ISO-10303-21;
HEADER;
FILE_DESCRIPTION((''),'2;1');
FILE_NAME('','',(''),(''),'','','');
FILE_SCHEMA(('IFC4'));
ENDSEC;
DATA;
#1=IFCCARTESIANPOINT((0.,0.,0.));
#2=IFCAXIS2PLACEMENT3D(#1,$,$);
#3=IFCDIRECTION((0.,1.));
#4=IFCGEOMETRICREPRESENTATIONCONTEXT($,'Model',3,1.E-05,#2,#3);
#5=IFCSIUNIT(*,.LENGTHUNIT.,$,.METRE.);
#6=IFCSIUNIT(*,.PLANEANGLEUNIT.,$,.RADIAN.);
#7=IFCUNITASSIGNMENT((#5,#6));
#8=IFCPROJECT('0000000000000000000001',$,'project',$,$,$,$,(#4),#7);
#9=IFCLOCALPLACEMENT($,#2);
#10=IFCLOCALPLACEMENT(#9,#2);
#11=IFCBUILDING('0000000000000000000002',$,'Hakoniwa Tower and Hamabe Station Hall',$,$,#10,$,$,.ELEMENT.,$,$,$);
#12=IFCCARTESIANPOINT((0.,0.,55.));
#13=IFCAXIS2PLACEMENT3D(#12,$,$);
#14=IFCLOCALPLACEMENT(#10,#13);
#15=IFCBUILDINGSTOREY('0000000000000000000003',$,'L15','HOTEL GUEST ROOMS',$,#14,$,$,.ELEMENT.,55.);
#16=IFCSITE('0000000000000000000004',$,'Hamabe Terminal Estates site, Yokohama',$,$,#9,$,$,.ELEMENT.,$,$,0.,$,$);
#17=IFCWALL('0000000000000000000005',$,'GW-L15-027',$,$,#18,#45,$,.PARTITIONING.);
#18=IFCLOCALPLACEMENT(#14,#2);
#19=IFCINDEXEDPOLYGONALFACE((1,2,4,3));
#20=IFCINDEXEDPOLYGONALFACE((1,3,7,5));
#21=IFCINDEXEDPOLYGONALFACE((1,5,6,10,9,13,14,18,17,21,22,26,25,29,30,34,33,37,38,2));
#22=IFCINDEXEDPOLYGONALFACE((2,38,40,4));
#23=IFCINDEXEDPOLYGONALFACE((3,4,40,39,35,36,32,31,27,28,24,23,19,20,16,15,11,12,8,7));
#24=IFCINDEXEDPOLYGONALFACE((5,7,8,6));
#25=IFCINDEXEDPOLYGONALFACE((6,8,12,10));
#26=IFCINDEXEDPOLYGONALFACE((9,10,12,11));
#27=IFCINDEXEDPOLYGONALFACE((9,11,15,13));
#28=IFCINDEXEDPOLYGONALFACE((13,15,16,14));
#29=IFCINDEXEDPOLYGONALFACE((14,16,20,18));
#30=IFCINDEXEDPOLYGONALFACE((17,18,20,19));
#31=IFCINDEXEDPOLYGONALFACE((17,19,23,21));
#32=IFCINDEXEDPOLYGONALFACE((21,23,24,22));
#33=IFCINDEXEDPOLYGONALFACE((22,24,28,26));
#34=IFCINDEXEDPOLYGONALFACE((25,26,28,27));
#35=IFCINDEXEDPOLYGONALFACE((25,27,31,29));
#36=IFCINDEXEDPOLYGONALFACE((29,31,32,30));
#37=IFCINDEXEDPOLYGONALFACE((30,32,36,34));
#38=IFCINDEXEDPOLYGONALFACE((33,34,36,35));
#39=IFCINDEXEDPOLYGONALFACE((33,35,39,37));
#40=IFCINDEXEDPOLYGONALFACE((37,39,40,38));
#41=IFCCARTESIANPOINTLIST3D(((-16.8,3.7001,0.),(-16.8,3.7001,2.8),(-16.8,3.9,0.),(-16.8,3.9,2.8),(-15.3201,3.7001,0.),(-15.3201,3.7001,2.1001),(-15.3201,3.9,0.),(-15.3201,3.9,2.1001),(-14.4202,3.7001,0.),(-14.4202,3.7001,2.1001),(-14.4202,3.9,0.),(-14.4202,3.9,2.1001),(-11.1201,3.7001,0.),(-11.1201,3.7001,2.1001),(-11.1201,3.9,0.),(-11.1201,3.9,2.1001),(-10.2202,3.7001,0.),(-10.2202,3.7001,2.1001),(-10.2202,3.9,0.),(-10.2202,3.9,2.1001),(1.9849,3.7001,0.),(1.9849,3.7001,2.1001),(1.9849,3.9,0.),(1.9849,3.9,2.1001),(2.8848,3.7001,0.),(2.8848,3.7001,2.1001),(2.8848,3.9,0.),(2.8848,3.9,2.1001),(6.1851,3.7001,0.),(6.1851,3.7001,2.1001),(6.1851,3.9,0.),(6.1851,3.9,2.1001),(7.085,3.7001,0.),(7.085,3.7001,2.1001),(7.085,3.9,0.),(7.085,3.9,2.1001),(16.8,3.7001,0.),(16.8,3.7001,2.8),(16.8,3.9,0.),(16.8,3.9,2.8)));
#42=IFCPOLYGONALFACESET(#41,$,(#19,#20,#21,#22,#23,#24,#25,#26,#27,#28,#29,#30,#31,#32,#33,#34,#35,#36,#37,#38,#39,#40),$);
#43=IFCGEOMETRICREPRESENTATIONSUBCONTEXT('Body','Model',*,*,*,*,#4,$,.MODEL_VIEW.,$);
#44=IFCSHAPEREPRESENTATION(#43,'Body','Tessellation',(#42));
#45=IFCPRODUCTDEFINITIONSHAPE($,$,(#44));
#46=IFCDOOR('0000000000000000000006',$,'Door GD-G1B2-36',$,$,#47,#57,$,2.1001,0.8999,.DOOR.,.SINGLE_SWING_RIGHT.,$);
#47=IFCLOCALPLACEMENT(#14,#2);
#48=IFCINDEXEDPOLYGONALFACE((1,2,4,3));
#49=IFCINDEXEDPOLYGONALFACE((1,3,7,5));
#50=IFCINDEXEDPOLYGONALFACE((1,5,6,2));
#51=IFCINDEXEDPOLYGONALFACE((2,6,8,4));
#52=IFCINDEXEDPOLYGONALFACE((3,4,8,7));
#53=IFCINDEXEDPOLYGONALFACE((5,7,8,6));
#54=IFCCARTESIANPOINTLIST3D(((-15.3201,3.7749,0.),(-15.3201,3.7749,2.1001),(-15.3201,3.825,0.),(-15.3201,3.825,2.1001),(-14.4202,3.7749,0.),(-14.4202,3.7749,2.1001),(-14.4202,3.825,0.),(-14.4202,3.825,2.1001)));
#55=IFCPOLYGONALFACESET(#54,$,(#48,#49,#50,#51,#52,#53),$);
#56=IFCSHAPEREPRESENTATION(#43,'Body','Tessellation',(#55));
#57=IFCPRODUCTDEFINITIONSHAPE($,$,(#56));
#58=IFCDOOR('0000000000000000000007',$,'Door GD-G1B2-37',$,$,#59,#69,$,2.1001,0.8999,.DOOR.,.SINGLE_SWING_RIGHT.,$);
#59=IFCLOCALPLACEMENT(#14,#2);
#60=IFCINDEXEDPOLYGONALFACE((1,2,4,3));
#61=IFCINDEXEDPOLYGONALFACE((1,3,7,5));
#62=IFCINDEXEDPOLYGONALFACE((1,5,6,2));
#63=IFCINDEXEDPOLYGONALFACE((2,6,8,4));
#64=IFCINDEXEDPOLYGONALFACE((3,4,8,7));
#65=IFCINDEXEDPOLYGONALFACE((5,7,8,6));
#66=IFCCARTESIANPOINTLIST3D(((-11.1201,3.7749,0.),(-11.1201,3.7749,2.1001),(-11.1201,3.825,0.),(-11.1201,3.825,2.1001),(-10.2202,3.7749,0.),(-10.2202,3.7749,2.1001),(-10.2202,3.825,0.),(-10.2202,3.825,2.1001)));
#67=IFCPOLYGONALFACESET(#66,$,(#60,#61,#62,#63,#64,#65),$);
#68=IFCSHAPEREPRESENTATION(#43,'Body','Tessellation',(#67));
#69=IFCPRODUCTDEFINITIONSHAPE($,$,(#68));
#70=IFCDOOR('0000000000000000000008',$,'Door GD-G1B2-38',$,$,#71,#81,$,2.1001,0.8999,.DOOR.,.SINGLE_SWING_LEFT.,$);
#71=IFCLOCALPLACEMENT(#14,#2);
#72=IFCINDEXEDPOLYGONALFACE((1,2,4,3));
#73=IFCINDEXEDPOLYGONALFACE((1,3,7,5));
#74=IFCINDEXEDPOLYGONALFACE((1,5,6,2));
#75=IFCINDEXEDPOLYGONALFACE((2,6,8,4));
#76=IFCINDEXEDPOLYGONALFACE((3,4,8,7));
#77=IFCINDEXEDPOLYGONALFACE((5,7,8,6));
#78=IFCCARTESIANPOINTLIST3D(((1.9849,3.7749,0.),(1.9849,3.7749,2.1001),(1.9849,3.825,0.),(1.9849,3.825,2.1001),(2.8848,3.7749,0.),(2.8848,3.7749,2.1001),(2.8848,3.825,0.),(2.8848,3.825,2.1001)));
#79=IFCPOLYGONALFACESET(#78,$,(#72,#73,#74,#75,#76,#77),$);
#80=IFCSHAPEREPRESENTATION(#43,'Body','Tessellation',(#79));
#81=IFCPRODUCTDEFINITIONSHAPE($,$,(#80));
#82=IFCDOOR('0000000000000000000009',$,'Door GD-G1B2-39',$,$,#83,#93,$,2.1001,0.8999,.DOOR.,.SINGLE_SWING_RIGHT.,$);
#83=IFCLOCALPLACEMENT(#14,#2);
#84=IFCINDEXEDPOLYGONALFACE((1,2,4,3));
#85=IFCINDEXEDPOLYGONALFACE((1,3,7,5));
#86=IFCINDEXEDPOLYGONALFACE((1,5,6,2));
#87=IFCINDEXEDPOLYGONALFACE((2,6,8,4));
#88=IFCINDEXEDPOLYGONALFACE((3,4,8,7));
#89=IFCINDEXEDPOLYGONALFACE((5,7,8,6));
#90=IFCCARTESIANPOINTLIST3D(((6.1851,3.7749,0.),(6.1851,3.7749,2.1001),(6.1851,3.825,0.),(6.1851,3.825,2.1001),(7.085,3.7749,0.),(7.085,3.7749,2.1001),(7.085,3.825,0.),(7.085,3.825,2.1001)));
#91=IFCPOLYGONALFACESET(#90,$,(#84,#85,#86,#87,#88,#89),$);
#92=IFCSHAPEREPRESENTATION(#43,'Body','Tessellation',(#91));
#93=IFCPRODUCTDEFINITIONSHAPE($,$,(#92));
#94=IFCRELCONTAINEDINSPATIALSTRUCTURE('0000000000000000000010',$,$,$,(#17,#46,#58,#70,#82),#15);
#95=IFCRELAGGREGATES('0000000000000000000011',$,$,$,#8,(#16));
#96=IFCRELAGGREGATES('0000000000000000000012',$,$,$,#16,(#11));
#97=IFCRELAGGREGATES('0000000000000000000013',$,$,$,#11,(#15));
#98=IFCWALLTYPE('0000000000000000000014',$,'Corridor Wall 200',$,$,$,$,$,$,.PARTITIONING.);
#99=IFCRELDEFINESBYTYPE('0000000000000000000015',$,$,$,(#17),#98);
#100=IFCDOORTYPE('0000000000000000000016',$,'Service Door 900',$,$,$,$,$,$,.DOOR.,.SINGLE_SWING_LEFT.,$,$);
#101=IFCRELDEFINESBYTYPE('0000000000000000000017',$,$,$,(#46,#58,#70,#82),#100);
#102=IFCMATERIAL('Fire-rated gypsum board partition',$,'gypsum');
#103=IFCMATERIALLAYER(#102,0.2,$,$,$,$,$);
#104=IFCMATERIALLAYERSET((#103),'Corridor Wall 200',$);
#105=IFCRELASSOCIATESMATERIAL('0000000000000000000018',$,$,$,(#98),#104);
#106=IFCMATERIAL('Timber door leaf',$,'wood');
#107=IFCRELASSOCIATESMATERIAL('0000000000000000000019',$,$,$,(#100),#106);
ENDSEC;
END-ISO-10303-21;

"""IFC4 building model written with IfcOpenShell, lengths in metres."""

from ifc_helpers import new_model, si_unit, direction, frame, frame_2d, origin, place, context, subcontext, project, spatial, rectangle, extrude, material, layer, layer_set, type_object, element, fill, save


model = new_model("IFC4")

# Units and contexts
model_context = context("Model", 3, precision=1e-05, world=origin(), true_north=direction((0.0, 1.0)))
body_context = subcontext(model_context, "Body", "Model", "MODEL_VIEW")
ifc_project = project(units=[si_unit("LENGTHUNIT", "METRE"), si_unit("PLANEANGLEUNIT", "RADIAN")], contexts=[model_context])

# Site, building, storey
site_placement = place(None, origin())
site = spatial("IfcSite", under=ifc_project, at=site_placement, Name="Hamabe Terminal Estates site, Yokohama", CompositionType="ELEMENT", RefElevation=0.0)
building_placement = place(site_placement, origin())
building = spatial("IfcBuilding", under=site, at=building_placement, Name="Hakoniwa Tower and Hamabe Station Hall", CompositionType="ELEMENT")
storey_placement = place(building_placement, frame((0.0, 0.0, 55.0)))
storey = spatial("IfcBuildingStorey", under=building, at=storey_placement, Name="L15", Description="HOTEL GUEST ROOMS", CompositionType="ELEMENT", Elevation=55.0)

# Wall, openings, doors
ifc_material_1 = material(Name="Fire-rated gypsum board partition", Category="gypsum")
ifc_layer_1 = layer(ifc_material_1, 0.2)
ifc_layer_set_1 = layer_set([ifc_layer_1], Name="Corridor Wall 200")
wall_type_1 = type_object("IfcWallType", Name="Corridor Wall 200", PredefinedType="PARTITIONING", material=ifc_layer_set_1)
wall_1_placement = place(storey_placement, frame((-16.8, 3.8, 0.0), z_axis=(0.0, 0.0, 1.0), x_axis=(1.0, 0.0, 0.0)))
wall_1 = element("IfcWall", 1, at=wall_1_placement, inside=storey, type_object=wall_type_1, Name="GW-L15-027", PredefinedType="PARTITIONING", context=body_context, shape_type="SweptSolid", body=[
    extrude(rectangle(XDim=33.6001, YDim=0.2, at=frame_2d((16.8, 0.0))), origin(), (0.0, 0.0, 1.0), 2.8),
])
opening_1_placement = place(wall_1_placement, frame((1.48, 0.0, 0.0)))
opening_1 = element("IfcOpeningElement", 2, at=opening_1_placement, cuts=wall_1, PredefinedType="OPENING", context=body_context, shape_type="SweptSolid", body=[
    extrude(rectangle(XDim=0.8999, YDim=2.1001, at=frame_2d((0.45, 1.05))), frame((0.0, 0.1099, 0.0), z_axis=(0.0, -1.0, 0.0), x_axis=(1.0, 0.0, 0.0)), (0.0, 0.0, 1.0), 0.22),
])
opening_2_placement = place(wall_1_placement, frame((5.6799, 0.0, 0.0)))
opening_2 = element("IfcOpeningElement", 3, at=opening_2_placement, cuts=wall_1, PredefinedType="OPENING", context=body_context, shape_type="SweptSolid", body=[
    extrude(rectangle(XDim=0.8999, YDim=2.1001, at=frame_2d((0.45, 1.05))), frame((0.0, 0.1099, 0.0), z_axis=(0.0, -1.0, 0.0), x_axis=(1.0, 0.0, 0.0)), (0.0, 0.0, 1.0), 0.22),
])
opening_3_placement = place(wall_1_placement, frame((18.7849, 0.0, 0.0)))
opening_3 = element("IfcOpeningElement", 4, at=opening_3_placement, cuts=wall_1, PredefinedType="OPENING", context=body_context, shape_type="SweptSolid", body=[
    extrude(rectangle(XDim=0.8999, YDim=2.1001, at=frame_2d((0.45, 1.05))), frame((0.0, 0.1099, 0.0), z_axis=(0.0, -1.0, 0.0), x_axis=(1.0, 0.0, 0.0)), (0.0, 0.0, 1.0), 0.22),
])
opening_4_placement = place(wall_1_placement, frame((22.9851, 0.0, 0.0)))
opening_4 = element("IfcOpeningElement", 5, at=opening_4_placement, cuts=wall_1, PredefinedType="OPENING", context=body_context, shape_type="SweptSolid", body=[
    extrude(rectangle(XDim=0.8999, YDim=2.1001, at=frame_2d((0.45, 1.05))), frame((0.0, 0.1099, 0.0), z_axis=(0.0, -1.0, 0.0), x_axis=(1.0, 0.0, 0.0)), (0.0, 0.0, 1.0), 0.22),
])
ifc_material_2 = material(Name="Timber door leaf", Category="wood")
door_type_1 = type_object("IfcDoorType", Name="Service Door 900", OperationType="SINGLE_SWING_LEFT", PredefinedType="DOOR", material=ifc_material_2)
door_1_placement = place(opening_1_placement, origin())
door_1 = element("IfcDoor", 6, at=door_1_placement, inside=storey, type_object=door_type_1, Name="Door GD-G1B2-36", OperationType="SINGLE_SWING_RIGHT", OverallHeight=2.1001, OverallWidth=0.8999, PredefinedType="DOOR", context=body_context, shape_type="SweptSolid", body=[
    extrude(rectangle(XDim=0.8999, YDim=2.1001, at=frame_2d((0.45, 1.05))), frame((0.0, 0.0249, 0.0), z_axis=(0.0, -1.0, 0.0), x_axis=(1.0, 0.0, 0.0)), (0.0, 0.0, 1.0), 0.05),
])
fill(opening_1, door_1)
door_2_placement = place(opening_2_placement, origin())
door_2 = element("IfcDoor", 7, at=door_2_placement, inside=storey, type_object=door_type_1, Name="Door GD-G1B2-37", OperationType="SINGLE_SWING_RIGHT", OverallHeight=2.1001, OverallWidth=0.8999, PredefinedType="DOOR", context=body_context, shape_type="SweptSolid", body=[
    extrude(rectangle(XDim=0.8999, YDim=2.1001, at=frame_2d((0.45, 1.05))), frame((0.0, 0.0249, 0.0), z_axis=(0.0, -1.0, 0.0), x_axis=(1.0, 0.0, 0.0)), (0.0, 0.0, 1.0), 0.05),
])
fill(opening_2, door_2)
door_3_placement = place(opening_3_placement, origin())
door_3 = element("IfcDoor", 8, at=door_3_placement, inside=storey, type_object=door_type_1, Name="Door GD-G1B2-38", OperationType="SINGLE_SWING_LEFT", OverallHeight=2.1001, OverallWidth=0.8999, PredefinedType="DOOR", context=body_context, shape_type="SweptSolid", body=[
    extrude(rectangle(XDim=0.8999, YDim=2.1001, at=frame_2d((0.45, 1.05))), frame((0.0, 0.0249, 0.0), z_axis=(0.0, -1.0, 0.0), x_axis=(1.0, 0.0, 0.0)), (0.0, 0.0, 1.0), 0.05),
])
fill(opening_3, door_3)
door_4_placement = place(opening_4_placement, origin())
door_4 = element("IfcDoor", 9, at=door_4_placement, inside=storey, type_object=door_type_1, Name="Door GD-G1B2-39", OperationType="SINGLE_SWING_RIGHT", OverallHeight=2.1001, OverallWidth=0.8999, PredefinedType="DOOR", context=body_context, shape_type="SweptSolid", body=[
    extrude(rectangle(XDim=0.8999, YDim=2.1001, at=frame_2d((0.45, 1.05))), frame((0.0, 0.0249, 0.0), z_axis=(0.0, -1.0, 0.0), x_axis=(1.0, 0.0, 0.0)), (0.0, 0.0, 1.0), 0.05),
])
fill(opening_4, door_4)

save(model, "model.ifc")
